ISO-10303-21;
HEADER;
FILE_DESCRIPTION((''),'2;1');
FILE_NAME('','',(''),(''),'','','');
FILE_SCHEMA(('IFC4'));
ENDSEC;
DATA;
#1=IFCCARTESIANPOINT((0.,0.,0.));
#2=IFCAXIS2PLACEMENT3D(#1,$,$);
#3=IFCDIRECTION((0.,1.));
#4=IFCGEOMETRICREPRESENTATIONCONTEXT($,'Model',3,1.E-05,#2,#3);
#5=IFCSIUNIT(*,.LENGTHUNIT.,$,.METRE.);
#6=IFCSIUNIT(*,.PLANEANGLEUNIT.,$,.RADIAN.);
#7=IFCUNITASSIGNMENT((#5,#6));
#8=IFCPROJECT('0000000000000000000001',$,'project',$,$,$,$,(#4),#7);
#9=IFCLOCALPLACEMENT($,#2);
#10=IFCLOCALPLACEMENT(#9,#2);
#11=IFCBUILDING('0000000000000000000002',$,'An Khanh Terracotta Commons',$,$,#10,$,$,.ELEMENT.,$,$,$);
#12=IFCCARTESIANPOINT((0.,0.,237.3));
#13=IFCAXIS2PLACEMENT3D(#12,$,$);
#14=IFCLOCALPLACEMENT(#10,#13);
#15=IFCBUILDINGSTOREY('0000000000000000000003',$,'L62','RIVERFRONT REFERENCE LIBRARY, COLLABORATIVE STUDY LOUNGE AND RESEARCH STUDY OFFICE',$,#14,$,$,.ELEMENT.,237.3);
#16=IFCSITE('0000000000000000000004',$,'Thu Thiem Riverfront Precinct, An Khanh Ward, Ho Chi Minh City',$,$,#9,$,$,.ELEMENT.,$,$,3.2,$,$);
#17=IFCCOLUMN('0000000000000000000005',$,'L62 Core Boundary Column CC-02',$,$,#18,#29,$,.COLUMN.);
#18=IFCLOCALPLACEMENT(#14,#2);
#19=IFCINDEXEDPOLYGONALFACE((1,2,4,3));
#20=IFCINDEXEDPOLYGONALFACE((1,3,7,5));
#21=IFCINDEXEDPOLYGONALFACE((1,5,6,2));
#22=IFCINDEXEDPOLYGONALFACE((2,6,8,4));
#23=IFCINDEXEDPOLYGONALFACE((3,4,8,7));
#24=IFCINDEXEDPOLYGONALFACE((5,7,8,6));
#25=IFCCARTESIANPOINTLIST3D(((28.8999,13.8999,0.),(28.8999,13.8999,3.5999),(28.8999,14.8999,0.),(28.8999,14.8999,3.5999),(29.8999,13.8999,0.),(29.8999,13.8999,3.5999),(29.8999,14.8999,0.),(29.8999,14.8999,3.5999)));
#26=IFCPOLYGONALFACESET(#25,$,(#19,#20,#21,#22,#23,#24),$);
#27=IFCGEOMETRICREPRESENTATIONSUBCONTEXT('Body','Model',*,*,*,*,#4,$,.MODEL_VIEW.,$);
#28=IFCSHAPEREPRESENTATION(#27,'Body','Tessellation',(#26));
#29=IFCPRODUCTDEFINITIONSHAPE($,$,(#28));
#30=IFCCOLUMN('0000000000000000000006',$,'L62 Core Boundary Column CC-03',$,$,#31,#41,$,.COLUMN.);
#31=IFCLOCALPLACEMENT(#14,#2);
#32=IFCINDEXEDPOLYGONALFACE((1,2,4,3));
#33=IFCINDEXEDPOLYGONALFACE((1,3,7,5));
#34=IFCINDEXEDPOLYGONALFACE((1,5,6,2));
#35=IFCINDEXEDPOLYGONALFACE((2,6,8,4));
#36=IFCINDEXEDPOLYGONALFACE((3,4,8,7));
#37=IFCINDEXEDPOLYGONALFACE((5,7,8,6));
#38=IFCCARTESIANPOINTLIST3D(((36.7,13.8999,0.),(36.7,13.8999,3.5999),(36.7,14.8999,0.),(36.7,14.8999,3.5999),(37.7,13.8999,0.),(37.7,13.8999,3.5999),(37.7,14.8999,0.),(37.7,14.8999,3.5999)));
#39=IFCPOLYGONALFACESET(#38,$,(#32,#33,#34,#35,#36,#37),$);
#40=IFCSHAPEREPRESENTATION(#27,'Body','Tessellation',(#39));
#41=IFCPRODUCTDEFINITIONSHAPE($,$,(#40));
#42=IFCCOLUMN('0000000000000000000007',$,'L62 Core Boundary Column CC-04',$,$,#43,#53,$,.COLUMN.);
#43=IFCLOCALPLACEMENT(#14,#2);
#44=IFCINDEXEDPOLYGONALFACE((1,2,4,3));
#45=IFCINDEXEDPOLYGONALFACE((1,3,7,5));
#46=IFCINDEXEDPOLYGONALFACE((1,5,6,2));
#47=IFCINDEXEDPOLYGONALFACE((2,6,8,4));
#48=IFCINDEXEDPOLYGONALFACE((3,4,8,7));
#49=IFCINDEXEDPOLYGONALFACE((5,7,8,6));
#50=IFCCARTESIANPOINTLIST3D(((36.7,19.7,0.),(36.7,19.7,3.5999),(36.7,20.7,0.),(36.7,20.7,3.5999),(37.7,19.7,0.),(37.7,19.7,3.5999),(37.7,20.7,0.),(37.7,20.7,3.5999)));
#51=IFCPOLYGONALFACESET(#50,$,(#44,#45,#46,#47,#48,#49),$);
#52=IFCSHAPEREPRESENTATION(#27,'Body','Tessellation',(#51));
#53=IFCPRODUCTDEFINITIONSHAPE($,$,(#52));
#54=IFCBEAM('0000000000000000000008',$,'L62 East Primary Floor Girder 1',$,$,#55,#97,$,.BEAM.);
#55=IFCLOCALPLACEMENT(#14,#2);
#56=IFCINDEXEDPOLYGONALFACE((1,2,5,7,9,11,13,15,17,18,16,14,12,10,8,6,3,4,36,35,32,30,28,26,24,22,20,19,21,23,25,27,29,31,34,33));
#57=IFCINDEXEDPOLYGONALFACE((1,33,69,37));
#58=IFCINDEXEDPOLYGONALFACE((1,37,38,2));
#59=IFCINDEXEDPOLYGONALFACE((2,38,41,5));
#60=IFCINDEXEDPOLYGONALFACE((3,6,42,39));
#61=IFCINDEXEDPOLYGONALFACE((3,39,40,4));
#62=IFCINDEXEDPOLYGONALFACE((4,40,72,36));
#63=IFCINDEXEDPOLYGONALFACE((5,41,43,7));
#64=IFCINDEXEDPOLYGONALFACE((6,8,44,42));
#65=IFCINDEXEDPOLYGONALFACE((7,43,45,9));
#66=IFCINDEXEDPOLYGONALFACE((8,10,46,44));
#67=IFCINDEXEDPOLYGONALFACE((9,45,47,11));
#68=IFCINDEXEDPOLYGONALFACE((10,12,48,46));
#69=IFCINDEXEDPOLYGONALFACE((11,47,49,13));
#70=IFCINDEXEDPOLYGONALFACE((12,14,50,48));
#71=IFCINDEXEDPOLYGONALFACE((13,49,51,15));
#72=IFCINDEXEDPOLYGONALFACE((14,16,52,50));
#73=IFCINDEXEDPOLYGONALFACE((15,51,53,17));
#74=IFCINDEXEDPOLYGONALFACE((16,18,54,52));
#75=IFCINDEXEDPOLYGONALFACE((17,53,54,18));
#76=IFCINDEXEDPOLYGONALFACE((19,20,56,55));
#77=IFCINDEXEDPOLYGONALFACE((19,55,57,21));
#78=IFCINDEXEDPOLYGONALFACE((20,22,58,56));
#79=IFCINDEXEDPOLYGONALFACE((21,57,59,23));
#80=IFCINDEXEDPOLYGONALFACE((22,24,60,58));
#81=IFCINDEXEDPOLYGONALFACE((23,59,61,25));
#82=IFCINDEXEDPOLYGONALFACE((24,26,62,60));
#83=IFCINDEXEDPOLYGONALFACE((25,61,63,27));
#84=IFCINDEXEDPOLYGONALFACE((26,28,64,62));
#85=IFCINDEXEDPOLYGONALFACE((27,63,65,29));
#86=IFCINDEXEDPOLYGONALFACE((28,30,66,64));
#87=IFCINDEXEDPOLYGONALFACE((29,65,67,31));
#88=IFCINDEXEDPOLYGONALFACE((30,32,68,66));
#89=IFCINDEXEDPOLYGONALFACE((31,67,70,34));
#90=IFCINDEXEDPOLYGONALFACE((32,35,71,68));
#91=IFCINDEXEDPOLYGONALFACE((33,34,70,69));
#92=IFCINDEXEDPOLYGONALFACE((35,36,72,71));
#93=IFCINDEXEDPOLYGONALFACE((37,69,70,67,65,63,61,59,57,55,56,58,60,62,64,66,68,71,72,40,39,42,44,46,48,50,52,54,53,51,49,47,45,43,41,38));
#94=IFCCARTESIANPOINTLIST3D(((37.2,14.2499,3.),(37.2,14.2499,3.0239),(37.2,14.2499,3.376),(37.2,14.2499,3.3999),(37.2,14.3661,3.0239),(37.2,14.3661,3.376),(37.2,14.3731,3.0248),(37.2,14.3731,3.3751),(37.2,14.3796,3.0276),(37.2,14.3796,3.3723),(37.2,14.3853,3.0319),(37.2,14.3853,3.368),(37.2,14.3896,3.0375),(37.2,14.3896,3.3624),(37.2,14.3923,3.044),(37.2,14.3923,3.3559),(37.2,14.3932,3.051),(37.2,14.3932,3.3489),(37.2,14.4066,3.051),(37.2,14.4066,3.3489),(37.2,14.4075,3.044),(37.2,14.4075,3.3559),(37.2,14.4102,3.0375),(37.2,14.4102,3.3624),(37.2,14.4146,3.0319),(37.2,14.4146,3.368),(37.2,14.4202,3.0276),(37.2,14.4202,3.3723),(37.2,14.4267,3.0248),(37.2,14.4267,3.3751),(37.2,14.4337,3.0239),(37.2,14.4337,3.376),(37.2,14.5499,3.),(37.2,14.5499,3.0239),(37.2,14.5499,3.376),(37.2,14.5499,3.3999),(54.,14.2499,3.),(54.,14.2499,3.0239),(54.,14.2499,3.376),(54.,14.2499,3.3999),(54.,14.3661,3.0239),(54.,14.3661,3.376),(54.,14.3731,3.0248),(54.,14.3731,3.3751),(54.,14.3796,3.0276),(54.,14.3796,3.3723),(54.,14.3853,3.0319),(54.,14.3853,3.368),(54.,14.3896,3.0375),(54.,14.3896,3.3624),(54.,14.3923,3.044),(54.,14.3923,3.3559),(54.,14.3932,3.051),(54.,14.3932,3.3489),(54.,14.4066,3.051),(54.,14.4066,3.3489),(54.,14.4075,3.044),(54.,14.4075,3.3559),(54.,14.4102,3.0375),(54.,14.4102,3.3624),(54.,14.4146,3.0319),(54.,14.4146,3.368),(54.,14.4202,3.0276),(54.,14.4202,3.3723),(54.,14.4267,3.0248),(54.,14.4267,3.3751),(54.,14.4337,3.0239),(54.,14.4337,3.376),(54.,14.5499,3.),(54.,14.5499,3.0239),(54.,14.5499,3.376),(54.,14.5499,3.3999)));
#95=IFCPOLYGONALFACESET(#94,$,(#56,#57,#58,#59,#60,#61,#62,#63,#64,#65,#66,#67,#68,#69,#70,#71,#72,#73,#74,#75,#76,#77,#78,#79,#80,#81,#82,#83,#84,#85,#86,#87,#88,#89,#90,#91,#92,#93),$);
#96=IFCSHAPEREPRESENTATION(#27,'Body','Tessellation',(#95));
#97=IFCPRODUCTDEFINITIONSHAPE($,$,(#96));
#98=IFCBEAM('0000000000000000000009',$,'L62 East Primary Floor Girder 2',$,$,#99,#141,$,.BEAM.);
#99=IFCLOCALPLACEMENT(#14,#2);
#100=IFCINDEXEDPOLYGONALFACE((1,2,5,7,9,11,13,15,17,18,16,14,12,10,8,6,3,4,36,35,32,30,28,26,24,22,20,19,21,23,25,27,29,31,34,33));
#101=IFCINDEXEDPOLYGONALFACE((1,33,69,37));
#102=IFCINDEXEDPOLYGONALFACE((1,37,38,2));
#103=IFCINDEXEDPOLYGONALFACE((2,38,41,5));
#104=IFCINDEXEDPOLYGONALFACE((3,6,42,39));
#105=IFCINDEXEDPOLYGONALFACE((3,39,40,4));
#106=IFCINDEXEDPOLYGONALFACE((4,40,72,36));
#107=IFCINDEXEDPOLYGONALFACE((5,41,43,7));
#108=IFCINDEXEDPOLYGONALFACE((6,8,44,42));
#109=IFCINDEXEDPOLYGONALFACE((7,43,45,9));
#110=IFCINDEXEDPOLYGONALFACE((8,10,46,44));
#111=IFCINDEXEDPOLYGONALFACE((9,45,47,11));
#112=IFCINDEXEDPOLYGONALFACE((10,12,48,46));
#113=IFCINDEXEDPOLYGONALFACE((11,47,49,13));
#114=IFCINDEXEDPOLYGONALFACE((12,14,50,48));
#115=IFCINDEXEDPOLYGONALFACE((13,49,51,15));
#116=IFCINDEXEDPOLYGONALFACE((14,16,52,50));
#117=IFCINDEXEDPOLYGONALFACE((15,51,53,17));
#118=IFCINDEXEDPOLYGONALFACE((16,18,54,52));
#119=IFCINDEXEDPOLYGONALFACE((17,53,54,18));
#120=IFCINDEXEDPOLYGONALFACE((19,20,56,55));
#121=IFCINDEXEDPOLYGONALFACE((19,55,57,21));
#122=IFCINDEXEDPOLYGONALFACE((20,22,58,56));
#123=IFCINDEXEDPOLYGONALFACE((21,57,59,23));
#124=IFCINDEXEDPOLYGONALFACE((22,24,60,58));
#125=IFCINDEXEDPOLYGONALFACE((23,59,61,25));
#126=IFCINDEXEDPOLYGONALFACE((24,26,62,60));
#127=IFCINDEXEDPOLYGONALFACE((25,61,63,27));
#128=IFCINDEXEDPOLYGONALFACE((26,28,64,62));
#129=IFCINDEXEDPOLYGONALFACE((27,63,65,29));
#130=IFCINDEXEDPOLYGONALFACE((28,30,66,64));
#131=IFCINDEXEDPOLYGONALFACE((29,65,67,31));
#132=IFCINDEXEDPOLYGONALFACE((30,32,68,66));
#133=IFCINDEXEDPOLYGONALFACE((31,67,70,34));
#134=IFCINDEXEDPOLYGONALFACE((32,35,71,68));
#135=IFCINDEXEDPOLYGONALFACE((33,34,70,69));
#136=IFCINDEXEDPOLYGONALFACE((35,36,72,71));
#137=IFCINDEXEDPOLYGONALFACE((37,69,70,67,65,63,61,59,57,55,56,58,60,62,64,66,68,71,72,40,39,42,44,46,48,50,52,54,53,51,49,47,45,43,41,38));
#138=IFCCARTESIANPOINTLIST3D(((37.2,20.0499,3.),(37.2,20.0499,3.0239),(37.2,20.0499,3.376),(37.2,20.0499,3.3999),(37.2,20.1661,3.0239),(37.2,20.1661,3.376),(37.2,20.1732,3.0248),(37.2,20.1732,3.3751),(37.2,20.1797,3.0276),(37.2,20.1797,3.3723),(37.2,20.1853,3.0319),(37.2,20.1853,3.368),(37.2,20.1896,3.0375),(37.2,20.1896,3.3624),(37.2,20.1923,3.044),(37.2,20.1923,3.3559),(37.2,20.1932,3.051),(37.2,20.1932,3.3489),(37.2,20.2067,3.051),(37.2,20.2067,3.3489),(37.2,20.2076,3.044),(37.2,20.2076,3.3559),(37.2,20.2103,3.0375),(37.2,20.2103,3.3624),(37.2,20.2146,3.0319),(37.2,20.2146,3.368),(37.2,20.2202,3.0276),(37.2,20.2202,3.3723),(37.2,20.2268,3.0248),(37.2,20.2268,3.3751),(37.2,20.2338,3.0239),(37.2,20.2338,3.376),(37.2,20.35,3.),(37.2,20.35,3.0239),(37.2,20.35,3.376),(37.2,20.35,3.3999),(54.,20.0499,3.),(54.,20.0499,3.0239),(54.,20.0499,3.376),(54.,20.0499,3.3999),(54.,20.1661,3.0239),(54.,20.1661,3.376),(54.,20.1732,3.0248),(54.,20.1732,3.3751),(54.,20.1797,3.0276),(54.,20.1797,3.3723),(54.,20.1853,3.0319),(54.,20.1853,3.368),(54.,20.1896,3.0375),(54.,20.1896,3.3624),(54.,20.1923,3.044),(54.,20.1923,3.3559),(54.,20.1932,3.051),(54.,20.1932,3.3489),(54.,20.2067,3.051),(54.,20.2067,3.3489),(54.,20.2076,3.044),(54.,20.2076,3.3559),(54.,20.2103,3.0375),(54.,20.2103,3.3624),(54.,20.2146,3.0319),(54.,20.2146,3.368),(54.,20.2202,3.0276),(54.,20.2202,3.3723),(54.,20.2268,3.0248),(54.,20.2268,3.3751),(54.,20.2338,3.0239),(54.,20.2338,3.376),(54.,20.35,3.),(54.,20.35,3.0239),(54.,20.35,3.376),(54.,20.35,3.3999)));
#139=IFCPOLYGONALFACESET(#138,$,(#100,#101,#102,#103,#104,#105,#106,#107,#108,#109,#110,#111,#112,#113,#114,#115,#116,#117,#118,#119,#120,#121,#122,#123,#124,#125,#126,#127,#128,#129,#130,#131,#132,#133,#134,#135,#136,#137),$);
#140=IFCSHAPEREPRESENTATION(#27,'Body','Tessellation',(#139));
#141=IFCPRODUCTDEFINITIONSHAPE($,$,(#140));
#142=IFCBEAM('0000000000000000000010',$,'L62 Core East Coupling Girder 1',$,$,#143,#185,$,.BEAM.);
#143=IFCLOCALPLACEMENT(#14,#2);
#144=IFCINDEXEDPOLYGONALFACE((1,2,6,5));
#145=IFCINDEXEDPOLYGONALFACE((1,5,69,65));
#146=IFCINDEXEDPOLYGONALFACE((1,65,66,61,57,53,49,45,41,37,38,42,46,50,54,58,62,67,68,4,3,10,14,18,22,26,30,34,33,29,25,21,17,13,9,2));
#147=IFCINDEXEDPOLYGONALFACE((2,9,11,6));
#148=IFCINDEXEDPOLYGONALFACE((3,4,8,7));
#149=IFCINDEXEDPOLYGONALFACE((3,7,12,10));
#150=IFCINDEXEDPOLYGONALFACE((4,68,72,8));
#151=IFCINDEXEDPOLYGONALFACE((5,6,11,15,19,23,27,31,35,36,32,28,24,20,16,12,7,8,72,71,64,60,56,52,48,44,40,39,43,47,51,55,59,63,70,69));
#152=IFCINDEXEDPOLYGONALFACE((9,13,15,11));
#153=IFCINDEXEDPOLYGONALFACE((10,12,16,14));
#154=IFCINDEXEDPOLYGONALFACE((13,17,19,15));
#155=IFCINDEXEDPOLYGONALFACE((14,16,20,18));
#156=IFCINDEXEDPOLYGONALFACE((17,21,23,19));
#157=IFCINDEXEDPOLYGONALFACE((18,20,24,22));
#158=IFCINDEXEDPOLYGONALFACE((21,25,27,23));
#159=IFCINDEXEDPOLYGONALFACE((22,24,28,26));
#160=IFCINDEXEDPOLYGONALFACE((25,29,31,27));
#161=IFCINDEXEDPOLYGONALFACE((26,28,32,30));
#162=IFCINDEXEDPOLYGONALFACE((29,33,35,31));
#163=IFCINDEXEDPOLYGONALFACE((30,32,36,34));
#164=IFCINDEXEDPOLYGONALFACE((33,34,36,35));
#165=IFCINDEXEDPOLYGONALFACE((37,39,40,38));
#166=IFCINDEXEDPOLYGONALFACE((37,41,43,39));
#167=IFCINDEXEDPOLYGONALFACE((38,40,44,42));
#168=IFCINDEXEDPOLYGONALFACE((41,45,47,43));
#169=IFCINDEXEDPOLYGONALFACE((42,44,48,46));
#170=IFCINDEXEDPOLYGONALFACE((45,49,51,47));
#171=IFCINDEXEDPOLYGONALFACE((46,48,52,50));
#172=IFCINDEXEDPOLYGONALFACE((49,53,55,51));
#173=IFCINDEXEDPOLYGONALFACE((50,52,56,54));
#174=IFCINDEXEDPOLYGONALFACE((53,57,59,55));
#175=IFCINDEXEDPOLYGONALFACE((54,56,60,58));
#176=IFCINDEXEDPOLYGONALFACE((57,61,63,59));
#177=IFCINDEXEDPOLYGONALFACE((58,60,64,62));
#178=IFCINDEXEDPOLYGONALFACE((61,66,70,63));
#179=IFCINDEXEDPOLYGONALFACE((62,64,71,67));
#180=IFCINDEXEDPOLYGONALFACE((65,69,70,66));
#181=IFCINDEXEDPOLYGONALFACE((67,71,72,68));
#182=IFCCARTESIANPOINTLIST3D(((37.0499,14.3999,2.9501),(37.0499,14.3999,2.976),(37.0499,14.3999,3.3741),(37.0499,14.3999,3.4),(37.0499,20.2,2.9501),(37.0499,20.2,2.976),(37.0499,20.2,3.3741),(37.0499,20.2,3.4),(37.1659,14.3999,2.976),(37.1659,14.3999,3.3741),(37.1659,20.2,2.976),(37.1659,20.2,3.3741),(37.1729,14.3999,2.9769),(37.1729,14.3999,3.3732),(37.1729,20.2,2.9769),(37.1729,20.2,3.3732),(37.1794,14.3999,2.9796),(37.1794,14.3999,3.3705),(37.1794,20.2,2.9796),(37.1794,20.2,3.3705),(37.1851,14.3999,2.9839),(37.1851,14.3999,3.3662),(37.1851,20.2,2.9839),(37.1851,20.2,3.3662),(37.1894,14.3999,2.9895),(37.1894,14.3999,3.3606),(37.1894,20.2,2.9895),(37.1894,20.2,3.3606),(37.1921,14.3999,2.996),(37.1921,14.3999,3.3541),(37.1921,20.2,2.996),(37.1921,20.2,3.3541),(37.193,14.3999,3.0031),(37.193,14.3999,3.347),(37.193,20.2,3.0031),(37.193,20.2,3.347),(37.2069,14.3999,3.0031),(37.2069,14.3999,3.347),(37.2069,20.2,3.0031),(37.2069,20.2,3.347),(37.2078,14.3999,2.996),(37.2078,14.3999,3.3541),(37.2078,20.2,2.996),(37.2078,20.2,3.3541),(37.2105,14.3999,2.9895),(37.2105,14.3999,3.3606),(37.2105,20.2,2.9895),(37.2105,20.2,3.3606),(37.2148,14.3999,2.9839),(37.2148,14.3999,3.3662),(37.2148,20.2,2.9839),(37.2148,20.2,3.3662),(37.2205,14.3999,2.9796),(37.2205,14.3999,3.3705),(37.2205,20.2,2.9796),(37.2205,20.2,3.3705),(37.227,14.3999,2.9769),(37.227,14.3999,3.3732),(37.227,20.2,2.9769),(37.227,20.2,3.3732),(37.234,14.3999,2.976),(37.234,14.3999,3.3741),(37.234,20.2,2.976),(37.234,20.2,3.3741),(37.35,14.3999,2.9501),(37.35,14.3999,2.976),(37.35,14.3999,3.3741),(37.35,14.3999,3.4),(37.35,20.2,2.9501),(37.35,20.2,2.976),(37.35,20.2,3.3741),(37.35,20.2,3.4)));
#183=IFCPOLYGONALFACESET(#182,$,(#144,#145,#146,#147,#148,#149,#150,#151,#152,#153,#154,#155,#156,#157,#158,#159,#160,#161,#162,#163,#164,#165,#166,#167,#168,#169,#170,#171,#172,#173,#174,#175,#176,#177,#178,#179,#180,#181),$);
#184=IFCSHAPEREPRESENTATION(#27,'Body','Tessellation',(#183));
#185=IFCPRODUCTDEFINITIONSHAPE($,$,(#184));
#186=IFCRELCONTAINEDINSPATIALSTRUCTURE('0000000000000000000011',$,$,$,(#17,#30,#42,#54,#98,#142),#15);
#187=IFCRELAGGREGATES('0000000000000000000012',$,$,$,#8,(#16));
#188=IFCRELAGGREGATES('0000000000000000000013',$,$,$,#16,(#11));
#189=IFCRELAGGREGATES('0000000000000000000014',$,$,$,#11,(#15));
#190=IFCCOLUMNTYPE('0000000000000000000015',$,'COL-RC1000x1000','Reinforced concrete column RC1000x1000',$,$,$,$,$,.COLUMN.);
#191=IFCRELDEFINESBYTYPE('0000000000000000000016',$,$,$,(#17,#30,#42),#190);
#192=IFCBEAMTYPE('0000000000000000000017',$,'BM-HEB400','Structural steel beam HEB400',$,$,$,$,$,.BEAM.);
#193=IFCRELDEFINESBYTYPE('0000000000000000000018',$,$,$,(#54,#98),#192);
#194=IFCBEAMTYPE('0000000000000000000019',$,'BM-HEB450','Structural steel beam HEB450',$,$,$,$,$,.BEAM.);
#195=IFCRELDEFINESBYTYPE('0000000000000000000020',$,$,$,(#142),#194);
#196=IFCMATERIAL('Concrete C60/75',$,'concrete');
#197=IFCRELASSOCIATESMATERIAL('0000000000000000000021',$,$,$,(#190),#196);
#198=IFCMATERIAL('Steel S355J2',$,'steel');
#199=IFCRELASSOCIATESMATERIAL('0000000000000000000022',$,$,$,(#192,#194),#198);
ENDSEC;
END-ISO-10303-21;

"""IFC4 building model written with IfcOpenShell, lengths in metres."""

from ifc_helpers import new_model, si_unit, direction, frame, origin, origin_2d, place, context, subcontext, project, spatial, rectangle, i_section, extrude, material, material_profile, profile_set, type_object, element, save


model = new_model("IFC4")

# Units and contexts
model_context = context("Model", 3, precision=1e-05, world=origin(), true_north=direction((0.0, 1.0)))
body_context = subcontext(model_context, "Body", "Model", "MODEL_VIEW")
ifc_project = project(units=[si_unit("LENGTHUNIT", "METRE"), si_unit("PLANEANGLEUNIT", "RADIAN")], contexts=[model_context])

# Site, building, storey
site_placement = place(None, origin())
site = spatial("IfcSite", under=ifc_project, at=site_placement, Name="Thu Thiem Riverfront Precinct, An Khanh Ward, Ho Chi Minh City", CompositionType="ELEMENT", RefElevation=3.2)
building_placement = place(site_placement, origin())
building = spatial("IfcBuilding", under=site, at=building_placement, Name="An Khanh Terracotta Commons", CompositionType="ELEMENT")
storey_placement = place(building_placement, frame((0.0, 0.0, 237.3)))
storey = spatial("IfcBuildingStorey", under=building, at=storey_placement, Name="L62", Description="RIVERFRONT REFERENCE LIBRARY, COLLABORATIVE STUDY LOUNGE AND RESEARCH STUDY OFFICE", CompositionType="ELEMENT", Elevation=237.3)

# Columns
ifc_material_1 = material(Name="Concrete C60/75", Category="concrete")
ifc_material_profile_1 = material_profile(ifc_material_1, rectangle(XDim=1.0, YDim=1.0, at=origin_2d()), Name="RC1000x1000")
ifc_profile_set_1 = profile_set([ifc_material_profile_1], Name="Concrete C60/75")
column_type = type_object("IfcColumnType", Name="COL-RC1000x1000", Description="Reinforced concrete column RC1000x1000", PredefinedType="COLUMN", material=ifc_profile_set_1)
for number, where, z_axis, x_axis, name in (
    (1, (29.3999, 14.3999, 0.0), (0.0, 0.0, 1.0), (1.0, 0.0, 0.0), "L62 Core Boundary Column CC-02"),
    (2, (37.2, 14.3999, 0.0), (0.0, 0.0, 1.0), (1.0, 0.0, 0.0), "L62 Core Boundary Column CC-03"),
    (3, (37.2, 20.2, 0.0), (0.0, 0.0, 1.0), (1.0, 0.0, 0.0), "L62 Core Boundary Column CC-04"),
):
    element("IfcColumn", number, at=place(storey_placement, frame(where, z_axis=z_axis, x_axis=x_axis)), inside=storey, type_object=column_type, Name=name, PredefinedType="COLUMN", context=body_context, shape_type="SweptSolid", body=[
        extrude(rectangle(XDim=1.0, YDim=1.0, at=origin_2d()), origin(), (0.0, 0.0, 1.0), 3.5999),
    ])

# Beams
ifc_material_2 = material(Name="Steel S355J2", Category="steel")
ifc_material_profile_2 = material_profile(ifc_material_2, i_section(OverallWidth=0.3, OverallDepth=0.3999, WebThickness=0.0134, FlangeThickness=0.0239, FilletRadius=0.0271, at=origin_2d()), Name="HEB400")
ifc_profile_set_2 = profile_set([ifc_material_profile_2], Name="Steel S355J2")
beam_type_1 = type_object("IfcBeamType", Name="BM-HEB400", Description="Structural steel beam HEB400", PredefinedType="BEAM", material=ifc_profile_set_2)
for number, where, z_axis, x_axis, name in (
    (4, (37.2, 14.3999, 3.2), (1.0, 0.0, 0.0), (0.0, 1.0, 0.0), "L62 East Primary Floor Girder 1"),
    (5, (37.2, 20.2, 3.2), (1.0, 0.0, 0.0), (0.0, 1.0, 0.0), "L62 East Primary Floor Girder 2"),
):
    element("IfcBeam", number, at=place(storey_placement, frame(where, z_axis=z_axis, x_axis=x_axis)), inside=storey, type_object=beam_type_1, Name=name, PredefinedType="BEAM", context=body_context, shape_type="SweptSolid", body=[
        extrude(i_section(OverallWidth=0.3, OverallDepth=0.3999, WebThickness=0.0134, FlangeThickness=0.0239, FilletRadius=0.0271, at=origin_2d()), origin(), (0.0, 0.0, 1.0), 16.8),
    ])
ifc_material_profile_3 = material_profile(ifc_material_2, i_section(OverallWidth=0.3, OverallDepth=0.45, WebThickness=0.0139, FlangeThickness=0.0259, FilletRadius=0.0271, at=origin_2d()), Name="HEB450")
ifc_profile_set_3 = profile_set([ifc_material_profile_3], Name="Steel S355J2")
beam_type_2 = type_object("IfcBeamType", Name="BM-HEB450", Description="Structural steel beam HEB450", PredefinedType="BEAM", material=ifc_profile_set_3)
beam_1_placement = place(storey_placement, frame((37.2, 14.3999, 3.175), z_axis=(0.0, 1.0, 0.0), x_axis=(-1.0, 0.0, 0.0)))
element("IfcBeam", 6, at=beam_1_placement, inside=storey, type_object=beam_type_2, Name="L62 Core East Coupling Girder 1", PredefinedType="BEAM", context=body_context, shape_type="SweptSolid", body=[
    extrude(i_section(OverallWidth=0.3, OverallDepth=0.45, WebThickness=0.0139, FlangeThickness=0.0259, FilletRadius=0.0271, at=origin_2d()), origin(), (0.0, 0.0, 1.0), 5.8),
])

save(model, "model.ifc")
